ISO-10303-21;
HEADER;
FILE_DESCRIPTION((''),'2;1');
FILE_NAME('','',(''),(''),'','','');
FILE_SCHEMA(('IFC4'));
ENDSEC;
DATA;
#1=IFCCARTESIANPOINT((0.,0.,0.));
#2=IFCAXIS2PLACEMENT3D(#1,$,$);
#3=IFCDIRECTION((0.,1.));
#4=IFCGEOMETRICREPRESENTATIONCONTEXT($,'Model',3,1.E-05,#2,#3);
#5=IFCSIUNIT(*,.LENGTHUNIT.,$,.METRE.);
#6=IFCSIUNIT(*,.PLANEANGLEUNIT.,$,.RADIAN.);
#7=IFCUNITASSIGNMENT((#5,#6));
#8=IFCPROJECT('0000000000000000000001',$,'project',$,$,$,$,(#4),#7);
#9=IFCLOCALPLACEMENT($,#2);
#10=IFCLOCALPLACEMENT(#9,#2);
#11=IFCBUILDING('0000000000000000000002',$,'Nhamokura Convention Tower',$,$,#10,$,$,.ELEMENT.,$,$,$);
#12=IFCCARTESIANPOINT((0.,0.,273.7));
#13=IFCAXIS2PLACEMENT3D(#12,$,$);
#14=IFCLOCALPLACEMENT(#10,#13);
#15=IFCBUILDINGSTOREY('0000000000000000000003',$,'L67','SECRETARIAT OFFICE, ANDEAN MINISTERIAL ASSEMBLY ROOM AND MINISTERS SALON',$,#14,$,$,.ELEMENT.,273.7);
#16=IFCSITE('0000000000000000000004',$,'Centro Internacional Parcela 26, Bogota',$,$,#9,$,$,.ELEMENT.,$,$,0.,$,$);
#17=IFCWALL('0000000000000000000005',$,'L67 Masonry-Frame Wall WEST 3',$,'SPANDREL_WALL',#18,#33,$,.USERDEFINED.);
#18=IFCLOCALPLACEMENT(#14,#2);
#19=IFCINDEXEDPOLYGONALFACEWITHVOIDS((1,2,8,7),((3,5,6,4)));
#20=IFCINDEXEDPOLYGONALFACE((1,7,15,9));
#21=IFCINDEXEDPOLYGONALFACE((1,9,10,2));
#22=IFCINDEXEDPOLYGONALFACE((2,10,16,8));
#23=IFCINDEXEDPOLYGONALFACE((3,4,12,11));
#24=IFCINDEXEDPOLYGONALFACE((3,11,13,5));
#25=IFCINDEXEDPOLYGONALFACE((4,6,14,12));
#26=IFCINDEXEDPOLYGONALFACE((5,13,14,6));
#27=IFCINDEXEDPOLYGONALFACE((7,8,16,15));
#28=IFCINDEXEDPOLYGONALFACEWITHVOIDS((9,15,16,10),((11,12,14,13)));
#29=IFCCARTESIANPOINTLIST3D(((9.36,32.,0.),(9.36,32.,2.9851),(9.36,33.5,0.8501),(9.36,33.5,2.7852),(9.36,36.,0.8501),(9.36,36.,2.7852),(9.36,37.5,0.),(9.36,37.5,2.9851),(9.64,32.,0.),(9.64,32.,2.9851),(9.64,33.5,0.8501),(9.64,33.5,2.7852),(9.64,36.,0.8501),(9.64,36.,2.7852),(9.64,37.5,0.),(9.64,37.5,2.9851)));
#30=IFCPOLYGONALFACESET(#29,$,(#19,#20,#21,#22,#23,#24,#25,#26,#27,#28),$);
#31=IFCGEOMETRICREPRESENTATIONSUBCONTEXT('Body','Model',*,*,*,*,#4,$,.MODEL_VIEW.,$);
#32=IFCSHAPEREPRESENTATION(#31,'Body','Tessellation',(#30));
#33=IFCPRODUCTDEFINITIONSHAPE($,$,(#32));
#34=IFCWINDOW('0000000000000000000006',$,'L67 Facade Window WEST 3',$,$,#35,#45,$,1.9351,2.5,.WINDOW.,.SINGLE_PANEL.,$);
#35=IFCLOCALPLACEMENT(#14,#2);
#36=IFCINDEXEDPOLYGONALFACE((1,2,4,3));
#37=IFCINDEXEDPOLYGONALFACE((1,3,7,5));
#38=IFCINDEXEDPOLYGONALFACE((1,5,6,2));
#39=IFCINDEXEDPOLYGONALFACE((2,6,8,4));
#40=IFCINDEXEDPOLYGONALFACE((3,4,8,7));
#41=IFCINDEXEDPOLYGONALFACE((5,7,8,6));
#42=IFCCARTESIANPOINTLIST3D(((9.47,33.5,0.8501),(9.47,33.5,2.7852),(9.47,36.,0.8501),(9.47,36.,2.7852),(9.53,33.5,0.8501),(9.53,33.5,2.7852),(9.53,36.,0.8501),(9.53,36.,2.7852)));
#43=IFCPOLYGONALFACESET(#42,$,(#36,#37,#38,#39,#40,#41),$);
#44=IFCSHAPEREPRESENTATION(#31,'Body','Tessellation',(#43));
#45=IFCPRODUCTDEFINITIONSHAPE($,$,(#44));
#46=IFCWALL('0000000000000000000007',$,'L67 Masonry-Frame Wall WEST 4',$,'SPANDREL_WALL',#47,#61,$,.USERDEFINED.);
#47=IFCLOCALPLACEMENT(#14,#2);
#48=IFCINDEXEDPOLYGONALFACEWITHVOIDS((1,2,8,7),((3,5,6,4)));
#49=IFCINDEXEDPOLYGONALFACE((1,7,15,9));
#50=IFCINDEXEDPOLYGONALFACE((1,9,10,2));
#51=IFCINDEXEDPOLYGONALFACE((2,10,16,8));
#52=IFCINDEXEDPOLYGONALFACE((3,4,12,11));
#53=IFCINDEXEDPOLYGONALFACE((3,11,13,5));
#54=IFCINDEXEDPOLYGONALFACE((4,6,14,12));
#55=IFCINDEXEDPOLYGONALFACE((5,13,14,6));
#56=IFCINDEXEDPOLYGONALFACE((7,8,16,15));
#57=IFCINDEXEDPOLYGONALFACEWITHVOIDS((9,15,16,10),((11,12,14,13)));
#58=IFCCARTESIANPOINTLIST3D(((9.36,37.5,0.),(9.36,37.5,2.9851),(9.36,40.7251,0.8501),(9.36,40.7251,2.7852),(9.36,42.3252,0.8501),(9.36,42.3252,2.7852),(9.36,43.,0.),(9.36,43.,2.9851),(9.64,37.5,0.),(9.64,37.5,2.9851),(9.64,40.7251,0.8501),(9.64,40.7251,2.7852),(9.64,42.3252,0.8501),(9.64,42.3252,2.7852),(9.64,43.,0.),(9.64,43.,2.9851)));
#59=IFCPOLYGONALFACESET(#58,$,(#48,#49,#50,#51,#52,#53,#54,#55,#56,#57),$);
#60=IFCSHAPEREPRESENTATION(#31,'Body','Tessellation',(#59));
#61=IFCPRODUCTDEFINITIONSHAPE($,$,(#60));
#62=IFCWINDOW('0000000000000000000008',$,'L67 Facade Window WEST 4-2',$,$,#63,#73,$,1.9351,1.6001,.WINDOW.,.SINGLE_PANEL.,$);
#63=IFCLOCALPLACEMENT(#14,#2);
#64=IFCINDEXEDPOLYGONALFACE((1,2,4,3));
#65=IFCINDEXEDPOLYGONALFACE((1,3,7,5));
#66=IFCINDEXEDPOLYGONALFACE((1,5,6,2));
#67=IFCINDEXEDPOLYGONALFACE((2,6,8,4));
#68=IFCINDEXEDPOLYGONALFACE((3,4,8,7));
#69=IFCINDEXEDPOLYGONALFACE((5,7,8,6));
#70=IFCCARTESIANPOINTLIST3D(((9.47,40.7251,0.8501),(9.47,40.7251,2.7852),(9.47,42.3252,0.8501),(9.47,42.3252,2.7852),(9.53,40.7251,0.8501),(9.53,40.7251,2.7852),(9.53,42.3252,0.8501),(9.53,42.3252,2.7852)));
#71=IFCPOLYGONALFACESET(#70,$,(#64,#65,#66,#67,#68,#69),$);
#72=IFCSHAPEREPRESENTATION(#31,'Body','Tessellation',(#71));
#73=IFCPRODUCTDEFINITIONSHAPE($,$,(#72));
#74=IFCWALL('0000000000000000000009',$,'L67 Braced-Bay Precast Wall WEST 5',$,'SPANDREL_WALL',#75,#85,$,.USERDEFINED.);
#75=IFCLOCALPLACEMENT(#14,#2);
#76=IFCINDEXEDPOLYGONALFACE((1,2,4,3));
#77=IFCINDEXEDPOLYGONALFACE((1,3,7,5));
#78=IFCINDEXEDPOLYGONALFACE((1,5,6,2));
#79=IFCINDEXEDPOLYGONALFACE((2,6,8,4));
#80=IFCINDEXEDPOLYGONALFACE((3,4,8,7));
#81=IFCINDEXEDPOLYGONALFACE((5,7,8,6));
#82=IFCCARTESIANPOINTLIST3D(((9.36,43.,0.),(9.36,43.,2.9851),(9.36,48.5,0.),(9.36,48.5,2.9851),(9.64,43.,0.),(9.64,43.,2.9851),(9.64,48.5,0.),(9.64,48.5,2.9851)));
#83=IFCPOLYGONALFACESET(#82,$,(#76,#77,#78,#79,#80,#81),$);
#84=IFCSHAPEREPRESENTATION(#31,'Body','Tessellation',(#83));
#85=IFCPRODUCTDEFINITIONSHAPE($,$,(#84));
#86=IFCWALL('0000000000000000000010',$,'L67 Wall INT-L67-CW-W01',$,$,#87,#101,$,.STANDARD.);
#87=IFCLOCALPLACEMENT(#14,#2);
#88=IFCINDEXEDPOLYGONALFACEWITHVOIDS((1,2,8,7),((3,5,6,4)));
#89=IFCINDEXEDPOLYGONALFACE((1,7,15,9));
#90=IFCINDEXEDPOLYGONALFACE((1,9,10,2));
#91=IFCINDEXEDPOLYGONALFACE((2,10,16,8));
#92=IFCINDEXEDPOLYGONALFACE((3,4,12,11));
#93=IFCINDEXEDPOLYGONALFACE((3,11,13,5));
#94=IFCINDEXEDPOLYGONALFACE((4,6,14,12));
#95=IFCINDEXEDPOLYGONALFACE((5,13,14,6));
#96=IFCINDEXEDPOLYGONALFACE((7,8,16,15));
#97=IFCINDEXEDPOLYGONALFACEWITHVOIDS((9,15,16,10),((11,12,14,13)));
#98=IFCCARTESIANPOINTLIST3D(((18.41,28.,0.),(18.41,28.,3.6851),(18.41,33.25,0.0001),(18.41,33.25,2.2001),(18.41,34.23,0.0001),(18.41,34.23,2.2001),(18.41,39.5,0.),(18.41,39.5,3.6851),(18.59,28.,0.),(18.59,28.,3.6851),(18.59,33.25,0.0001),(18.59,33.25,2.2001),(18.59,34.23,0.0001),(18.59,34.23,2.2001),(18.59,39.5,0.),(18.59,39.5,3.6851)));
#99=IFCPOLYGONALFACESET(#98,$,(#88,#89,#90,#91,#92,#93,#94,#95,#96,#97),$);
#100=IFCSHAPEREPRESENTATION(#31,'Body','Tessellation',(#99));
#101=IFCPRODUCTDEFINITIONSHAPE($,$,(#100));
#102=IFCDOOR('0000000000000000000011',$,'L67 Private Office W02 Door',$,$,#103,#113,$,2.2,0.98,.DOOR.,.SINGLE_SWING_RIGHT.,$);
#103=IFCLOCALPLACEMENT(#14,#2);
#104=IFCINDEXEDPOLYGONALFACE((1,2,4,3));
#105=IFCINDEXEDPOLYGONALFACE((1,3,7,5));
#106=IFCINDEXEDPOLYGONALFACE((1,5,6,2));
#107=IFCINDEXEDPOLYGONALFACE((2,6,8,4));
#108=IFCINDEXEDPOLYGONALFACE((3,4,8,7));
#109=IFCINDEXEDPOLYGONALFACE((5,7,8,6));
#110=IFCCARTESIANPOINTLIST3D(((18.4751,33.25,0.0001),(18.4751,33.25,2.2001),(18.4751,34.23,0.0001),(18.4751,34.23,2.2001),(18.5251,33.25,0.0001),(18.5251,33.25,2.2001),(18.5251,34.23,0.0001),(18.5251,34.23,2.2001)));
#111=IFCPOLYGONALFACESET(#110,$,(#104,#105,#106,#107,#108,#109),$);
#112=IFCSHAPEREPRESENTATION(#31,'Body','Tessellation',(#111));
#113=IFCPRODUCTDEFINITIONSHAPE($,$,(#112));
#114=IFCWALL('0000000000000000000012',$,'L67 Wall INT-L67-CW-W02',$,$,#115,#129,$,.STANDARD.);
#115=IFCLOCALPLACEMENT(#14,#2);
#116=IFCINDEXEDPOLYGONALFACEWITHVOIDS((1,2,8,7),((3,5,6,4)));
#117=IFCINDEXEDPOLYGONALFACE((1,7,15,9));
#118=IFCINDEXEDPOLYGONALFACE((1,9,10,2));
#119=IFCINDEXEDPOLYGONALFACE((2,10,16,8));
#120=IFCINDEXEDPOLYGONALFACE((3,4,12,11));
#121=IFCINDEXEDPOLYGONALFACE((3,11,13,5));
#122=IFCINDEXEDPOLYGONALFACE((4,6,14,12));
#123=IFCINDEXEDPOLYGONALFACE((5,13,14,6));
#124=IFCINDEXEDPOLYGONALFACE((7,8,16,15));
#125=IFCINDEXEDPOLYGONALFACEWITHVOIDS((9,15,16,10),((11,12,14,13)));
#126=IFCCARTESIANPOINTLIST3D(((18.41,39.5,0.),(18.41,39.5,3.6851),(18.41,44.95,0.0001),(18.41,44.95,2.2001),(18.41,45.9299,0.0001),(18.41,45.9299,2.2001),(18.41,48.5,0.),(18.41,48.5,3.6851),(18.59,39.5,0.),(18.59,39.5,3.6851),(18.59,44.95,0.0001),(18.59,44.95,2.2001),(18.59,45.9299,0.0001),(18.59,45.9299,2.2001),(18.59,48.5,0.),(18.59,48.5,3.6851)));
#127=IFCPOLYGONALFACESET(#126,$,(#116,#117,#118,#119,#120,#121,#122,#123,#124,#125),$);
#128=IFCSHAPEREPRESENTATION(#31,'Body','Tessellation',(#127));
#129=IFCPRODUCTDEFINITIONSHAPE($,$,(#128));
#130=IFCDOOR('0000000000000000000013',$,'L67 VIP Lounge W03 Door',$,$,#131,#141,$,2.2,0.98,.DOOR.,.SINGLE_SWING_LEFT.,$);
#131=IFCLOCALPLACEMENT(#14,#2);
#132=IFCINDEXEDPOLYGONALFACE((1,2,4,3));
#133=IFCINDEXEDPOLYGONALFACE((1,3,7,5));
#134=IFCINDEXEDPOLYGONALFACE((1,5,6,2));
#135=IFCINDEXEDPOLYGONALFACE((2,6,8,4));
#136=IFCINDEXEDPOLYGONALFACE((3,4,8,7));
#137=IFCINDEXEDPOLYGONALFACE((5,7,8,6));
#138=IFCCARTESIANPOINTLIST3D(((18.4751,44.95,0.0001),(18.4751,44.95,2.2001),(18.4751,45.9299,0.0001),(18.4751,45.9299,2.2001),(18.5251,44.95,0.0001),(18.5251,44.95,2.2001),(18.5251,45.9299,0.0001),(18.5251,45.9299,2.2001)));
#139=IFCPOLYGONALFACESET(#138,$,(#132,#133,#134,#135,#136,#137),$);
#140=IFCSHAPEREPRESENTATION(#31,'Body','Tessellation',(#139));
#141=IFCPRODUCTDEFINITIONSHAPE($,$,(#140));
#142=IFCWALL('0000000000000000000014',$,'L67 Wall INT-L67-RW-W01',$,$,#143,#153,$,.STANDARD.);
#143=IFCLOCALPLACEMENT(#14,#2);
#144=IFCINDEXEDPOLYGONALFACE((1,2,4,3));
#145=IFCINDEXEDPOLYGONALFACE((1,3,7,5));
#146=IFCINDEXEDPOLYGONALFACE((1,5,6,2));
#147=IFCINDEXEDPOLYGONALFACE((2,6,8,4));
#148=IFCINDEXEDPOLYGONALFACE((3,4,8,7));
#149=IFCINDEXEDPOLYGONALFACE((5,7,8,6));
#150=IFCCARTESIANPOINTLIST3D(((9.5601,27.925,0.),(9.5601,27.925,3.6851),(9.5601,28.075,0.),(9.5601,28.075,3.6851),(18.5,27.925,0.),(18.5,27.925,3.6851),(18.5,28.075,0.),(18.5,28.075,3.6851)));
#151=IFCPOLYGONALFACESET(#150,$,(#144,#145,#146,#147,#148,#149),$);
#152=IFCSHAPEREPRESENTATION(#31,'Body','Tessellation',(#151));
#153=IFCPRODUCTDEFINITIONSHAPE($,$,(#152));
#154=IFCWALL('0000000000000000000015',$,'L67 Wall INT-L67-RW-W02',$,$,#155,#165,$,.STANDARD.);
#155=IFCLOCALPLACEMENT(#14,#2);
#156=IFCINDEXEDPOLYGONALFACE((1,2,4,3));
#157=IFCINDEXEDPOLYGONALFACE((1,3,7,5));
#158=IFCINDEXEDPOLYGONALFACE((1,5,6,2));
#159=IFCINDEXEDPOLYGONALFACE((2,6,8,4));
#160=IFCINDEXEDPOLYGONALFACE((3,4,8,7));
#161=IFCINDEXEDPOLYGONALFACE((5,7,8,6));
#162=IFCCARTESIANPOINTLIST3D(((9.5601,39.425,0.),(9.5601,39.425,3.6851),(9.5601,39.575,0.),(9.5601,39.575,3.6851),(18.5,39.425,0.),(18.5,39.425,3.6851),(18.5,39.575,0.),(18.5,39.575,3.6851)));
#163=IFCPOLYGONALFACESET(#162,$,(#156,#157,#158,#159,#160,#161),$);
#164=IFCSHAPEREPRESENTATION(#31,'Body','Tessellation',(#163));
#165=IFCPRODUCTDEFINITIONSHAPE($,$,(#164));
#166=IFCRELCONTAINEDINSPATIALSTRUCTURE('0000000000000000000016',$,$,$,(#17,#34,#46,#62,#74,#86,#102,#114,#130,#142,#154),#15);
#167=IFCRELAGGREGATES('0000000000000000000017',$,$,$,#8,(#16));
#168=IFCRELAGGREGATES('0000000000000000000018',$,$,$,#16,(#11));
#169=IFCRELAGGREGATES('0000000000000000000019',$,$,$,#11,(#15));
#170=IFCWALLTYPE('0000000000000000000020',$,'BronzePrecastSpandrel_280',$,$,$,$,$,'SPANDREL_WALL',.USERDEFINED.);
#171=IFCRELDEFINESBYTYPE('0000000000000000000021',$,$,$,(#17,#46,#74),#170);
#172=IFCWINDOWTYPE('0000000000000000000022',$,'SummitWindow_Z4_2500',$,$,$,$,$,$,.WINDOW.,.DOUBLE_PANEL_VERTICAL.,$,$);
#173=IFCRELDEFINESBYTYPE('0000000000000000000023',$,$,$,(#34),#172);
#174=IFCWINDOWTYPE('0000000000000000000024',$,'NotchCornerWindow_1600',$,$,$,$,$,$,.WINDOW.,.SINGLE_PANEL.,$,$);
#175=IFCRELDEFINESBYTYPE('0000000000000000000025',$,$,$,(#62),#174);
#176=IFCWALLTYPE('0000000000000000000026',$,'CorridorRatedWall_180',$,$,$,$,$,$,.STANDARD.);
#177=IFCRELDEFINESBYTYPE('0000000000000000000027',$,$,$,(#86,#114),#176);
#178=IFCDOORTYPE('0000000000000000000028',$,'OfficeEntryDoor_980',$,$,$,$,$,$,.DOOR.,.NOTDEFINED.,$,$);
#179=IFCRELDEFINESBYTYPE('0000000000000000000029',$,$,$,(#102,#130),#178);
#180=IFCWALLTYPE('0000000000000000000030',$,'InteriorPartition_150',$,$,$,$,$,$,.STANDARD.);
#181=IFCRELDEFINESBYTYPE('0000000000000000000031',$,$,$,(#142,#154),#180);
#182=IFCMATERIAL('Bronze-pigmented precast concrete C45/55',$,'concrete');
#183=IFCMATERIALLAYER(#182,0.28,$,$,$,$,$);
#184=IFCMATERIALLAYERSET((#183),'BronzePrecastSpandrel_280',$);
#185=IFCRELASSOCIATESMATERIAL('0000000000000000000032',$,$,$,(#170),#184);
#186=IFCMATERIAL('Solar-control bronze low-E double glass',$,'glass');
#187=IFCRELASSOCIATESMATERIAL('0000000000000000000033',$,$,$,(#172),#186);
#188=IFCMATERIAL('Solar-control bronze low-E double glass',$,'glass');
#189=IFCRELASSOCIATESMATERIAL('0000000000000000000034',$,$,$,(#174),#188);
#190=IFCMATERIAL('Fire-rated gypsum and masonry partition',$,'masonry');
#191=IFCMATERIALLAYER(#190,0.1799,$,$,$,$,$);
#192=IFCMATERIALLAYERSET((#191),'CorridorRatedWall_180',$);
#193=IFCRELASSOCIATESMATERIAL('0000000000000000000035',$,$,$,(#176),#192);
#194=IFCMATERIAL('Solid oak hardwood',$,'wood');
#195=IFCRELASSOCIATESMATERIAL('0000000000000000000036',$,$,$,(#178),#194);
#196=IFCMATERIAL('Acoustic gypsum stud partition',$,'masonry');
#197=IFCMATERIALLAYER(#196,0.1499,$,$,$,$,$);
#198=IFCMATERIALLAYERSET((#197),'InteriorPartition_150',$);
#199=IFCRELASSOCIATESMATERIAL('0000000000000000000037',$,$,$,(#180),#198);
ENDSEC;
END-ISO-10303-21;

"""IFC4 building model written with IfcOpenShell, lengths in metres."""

from ifc_helpers import new_model, si_unit, direction, frame, frame_2d, origin, place, context, subcontext, project, spatial, rectangle, extrude, material, layer, layer_set, type_object, element, fill, save


model = new_model("IFC4")

# Units and contexts
model_context = context("Model", 3, precision=1e-05, world=origin(), true_north=direction((0.0, 1.0)))
body_context = subcontext(model_context, "Body", "Model", "MODEL_VIEW")
ifc_project = project(units=[si_unit("LENGTHUNIT", "METRE"), si_unit("PLANEANGLEUNIT", "RADIAN")], contexts=[model_context])

# Site, building, storey
site_placement = place(None, origin())
site = spatial("IfcSite", under=ifc_project, at=site_placement, Name="Centro Internacional Parcela 26, Bogota", CompositionType="ELEMENT", RefElevation=0.0)
building_placement = place(site_placement, origin())
building = spatial("IfcBuilding", under=site, at=building_placement, Name="Nhamokura Convention Tower", CompositionType="ELEMENT")
storey_placement = place(building_placement, frame((0.0, 0.0, 273.7)))
storey = spatial("IfcBuildingStorey", under=building, at=storey_placement, Name="L67", Description="SECRETARIAT OFFICE, ANDEAN MINISTERIAL ASSEMBLY ROOM AND MINISTERS SALON", CompositionType="ELEMENT", Elevation=273.7)

# Walls, openings, windows
ifc_material_1 = material(Name="Bronze-pigmented precast concrete C45/55", Category="concrete")
ifc_layer_1 = layer(ifc_material_1, 0.28)
ifc_layer_set_1 = layer_set([ifc_layer_1], Name="BronzePrecastSpandrel_280")
wall_type_1 = type_object("IfcWallType", Name="BronzePrecastSpandrel_280", ElementType="SPANDREL_WALL", PredefinedType="USERDEFINED", material=ifc_layer_set_1)
wall_1_placement = place(storey_placement, frame((9.5, 32.0, 0.0), z_axis=(0.0, 0.0, 1.0), x_axis=(0.0, 1.0, 0.0)))
wall_1 = element("IfcWall", 1, at=wall_1_placement, inside=storey, type_object=wall_type_1, Name="L67 Masonry-Frame Wall WEST 3", ObjectType="SPANDREL_WALL", PredefinedType="USERDEFINED", context=body_context, shape_type="SweptSolid", body=[
    extrude(rectangle(XDim=5.5, YDim=0.28, at=frame_2d((2.75, 0.0))), origin(), (0.0, 0.0, 1.0), 2.9851),
])
opening_1_placement = place(wall_1_placement, frame((1.5, 0.0, 0.8501)))
opening_1 = element("IfcOpeningElement", 2, at=opening_1_placement, cuts=wall_1, PredefinedType="OPENING", context=body_context, shape_type="SweptSolid", body=[
    extrude(rectangle(XDim=2.5, YDim=1.9351, at=frame_2d((1.25, 0.9675))), frame((0.0, 0.1499, 0.0), z_axis=(0.0, -1.0, 0.0), x_axis=(1.0, 0.0, 0.0)), (0.0, 0.0, 1.0), 0.3),
])
ifc_material_2 = material(Name="Solar-control bronze low-E double glass", Category="glass")
window_type_1 = type_object("IfcWindowType", Name="SummitWindow_Z4_2500", PartitioningType="DOUBLE_PANEL_VERTICAL", PredefinedType="WINDOW", material=ifc_material_2)
window_1_placement = place(opening_1_placement, origin())
window_1 = element("IfcWindow", 3, at=window_1_placement, inside=storey, type_object=window_type_1, Name="L67 Facade Window WEST 3", OverallHeight=1.9351, OverallWidth=2.5, PartitioningType="SINGLE_PANEL", PredefinedType="WINDOW", context=body_context, shape_type="SweptSolid", body=[
    extrude(rectangle(XDim=2.5, YDim=1.9351, at=frame_2d((1.25, 0.9675))), frame((0.0, 0.03, 0.0), z_axis=(0.0, -1.0, 0.0), x_axis=(1.0, 0.0, 0.0)), (0.0, 0.0, 1.0), 0.0601),
])
fill(opening_1, window_1)
wall_2_placement = place(storey_placement, frame((9.5, 37.5, 0.0), z_axis=(0.0, 0.0, 1.0), x_axis=(0.0, 1.0, 0.0)))
wall_2 = element("IfcWall", 4, at=wall_2_placement, inside=storey, type_object=wall_type_1, Name="L67 Masonry-Frame Wall WEST 4", ObjectType="SPANDREL_WALL", PredefinedType="USERDEFINED", context=body_context, shape_type="SweptSolid", body=[
    extrude(rectangle(XDim=5.5, YDim=0.28, at=frame_2d((2.75, 0.0))), origin(), (0.0, 0.0, 1.0), 2.9851),
])
opening_2_placement = place(wall_2_placement, frame((3.2251, 0.0, 0.8501)))
opening_2 = element("IfcOpeningElement", 5, at=opening_2_placement, cuts=wall_2, PredefinedType="OPENING", context=body_context, shape_type="SweptSolid", body=[
    extrude(rectangle(XDim=1.6001, YDim=1.9351, at=frame_2d((0.8, 0.9675))), frame((0.0, 0.1499, 0.0), z_axis=(0.0, -1.0, 0.0), x_axis=(1.0, 0.0, 0.0)), (0.0, 0.0, 1.0), 0.3),
])
ifc_material_3 = material(Name="Solar-control bronze low-E double glass", Category="glass")
window_type_2 = type_object("IfcWindowType", Name="NotchCornerWindow_1600", PartitioningType="SINGLE_PANEL", PredefinedType="WINDOW", material=ifc_material_3)
window_2_placement = place(opening_2_placement, origin())
window_2 = element("IfcWindow", 6, at=window_2_placement, inside=storey, type_object=window_type_2, Name="L67 Facade Window WEST 4-2", OverallHeight=1.9351, OverallWidth=1.6001, PartitioningType="SINGLE_PANEL", PredefinedType="WINDOW", context=body_context, shape_type="SweptSolid", body=[
    extrude(rectangle(XDim=1.6001, YDim=1.9351, at=frame_2d((0.8, 0.9675))), frame((0.0, 0.03, 0.0), z_axis=(0.0, -1.0, 0.0), x_axis=(1.0, 0.0, 0.0)), (0.0, 0.0, 1.0), 0.0601),
])
fill(opening_2, window_2)

# Wall
wall_3_placement = place(storey_placement, frame((9.5, 43.0, 0.0), z_axis=(0.0, 0.0, 1.0), x_axis=(0.0, 1.0, 0.0)))
element("IfcWall", 7, at=wall_3_placement, inside=storey, type_object=wall_type_1, Name="L67 Braced-Bay Precast Wall WEST 5", ObjectType="SPANDREL_WALL", PredefinedType="USERDEFINED", context=body_context, shape_type="SweptSolid", body=[
    extrude(rectangle(XDim=5.5, YDim=0.28, at=frame_2d((2.75, 0.0))), origin(), (0.0, 0.0, 1.0), 2.9851),
])

# Walls, openings, doors
ifc_material_4 = material(Name="Fire-rated gypsum and masonry partition", Category="masonry")
ifc_layer_2 = layer(ifc_material_4, 0.1799)
ifc_layer_set_2 = layer_set([ifc_layer_2], Name="CorridorRatedWall_180")
wall_type_2 = type_object("IfcWallType", Name="CorridorRatedWall_180", PredefinedType="STANDARD", material=ifc_layer_set_2)
wall_4_placement = place(storey_placement, frame((18.5, 28.0, 0.0), z_axis=(0.0, 0.0, 1.0), x_axis=(0.0, 1.0, 0.0)))
wall_4 = element("IfcWall", 8, at=wall_4_placement, inside=storey, type_object=wall_type_2, Name="L67 Wall INT-L67-CW-W01", PredefinedType="STANDARD", context=body_context, shape_type="SweptSolid", body=[
    extrude(rectangle(XDim=11.5, YDim=0.1799, at=frame_2d((5.75, 0.0))), origin(), (0.0, 0.0, 1.0), 3.6851),
])
opening_3_placement = place(wall_4_placement, frame((5.25, 0.0, 0.0)))
opening_3 = element("IfcOpeningElement", 9, at=opening_3_placement, cuts=wall_4, PredefinedType="OPENING", context=body_context, shape_type="SweptSolid", body=[
    extrude(rectangle(XDim=0.98, YDim=2.2, at=frame_2d((0.49, 1.1001))), frame((0.0, 0.0999, 0.0), z_axis=(0.0, -1.0, 0.0), x_axis=(1.0, 0.0, 0.0)), (0.0, 0.0, 1.0), 0.2),
])
ifc_material_5 = material(Name="Solid oak hardwood", Category="wood")
door_type = type_object("IfcDoorType", Name="OfficeEntryDoor_980", OperationType="NOTDEFINED", PredefinedType="DOOR", material=ifc_material_5)
door_1_placement = place(opening_3_placement, origin())
door_1 = element("IfcDoor", 10, at=door_1_placement, inside=storey, type_object=door_type, Name="L67 Private Office W02 Door", OperationType="SINGLE_SWING_RIGHT", OverallHeight=2.2, OverallWidth=0.98, PredefinedType="DOOR", context=body_context, shape_type="SweptSolid", body=[
    extrude(rectangle(XDim=0.98, YDim=2.2, at=frame_2d((0.49, 1.1001))), frame((0.0, 0.0249, 0.0), z_axis=(0.0, -1.0, 0.0), x_axis=(1.0, 0.0, 0.0)), (0.0, 0.0, 1.0), 0.05),
])
fill(opening_3, door_1)
wall_5_placement = place(storey_placement, frame((18.5, 39.5, 0.0), z_axis=(0.0, 0.0, 1.0), x_axis=(0.0, 1.0, 0.0)))
wall_5 = element("IfcWall", 11, at=wall_5_placement, inside=storey, type_object=wall_type_2, Name="L67 Wall INT-L67-CW-W02", PredefinedType="STANDARD", context=body_context, shape_type="SweptSolid", body=[
    extrude(rectangle(XDim=9.0, YDim=0.1799, at=frame_2d((4.5, 0.0))), origin(), (0.0, 0.0, 1.0), 3.6851),
])
opening_4_placement = place(wall_5_placement, frame((5.45, 0.0, 0.0)))
opening_4 = element("IfcOpeningElement", 12, at=opening_4_placement, cuts=wall_5, PredefinedType="OPENING", context=body_context, shape_type="SweptSolid", body=[
    extrude(rectangle(XDim=0.98, YDim=2.2, at=frame_2d((0.49, 1.1001))), frame((0.0, 0.0999, 0.0), z_axis=(0.0, -1.0, 0.0), x_axis=(1.0, 0.0, 0.0)), (0.0, 0.0, 1.0), 0.2),
])
door_2_placement = place(opening_4_placement, origin())
door_2 = element("IfcDoor", 13, at=door_2_placement, inside=storey, type_object=door_type, Name="L67 VIP Lounge W03 Door", OperationType="SINGLE_SWING_LEFT", OverallHeight=2.2, OverallWidth=0.98, PredefinedType="DOOR", context=body_context, shape_type="SweptSolid", body=[
    extrude(rectangle(XDim=0.98, YDim=2.2, at=frame_2d((0.49, 1.1001))), frame((0.0, 0.0249, 0.0), z_axis=(0.0, -1.0, 0.0), x_axis=(1.0, 0.0, 0.0)), (0.0, 0.0, 1.0), 0.05),
])
fill(opening_4, door_2)

# Walls
ifc_material_6 = material(Name="Acoustic gypsum stud partition", Category="masonry")
ifc_layer_3 = layer(ifc_material_6, 0.1499)
ifc_layer_set_3 = layer_set([ifc_layer_3], Name="InteriorPartition_150")
wall_type_3 = type_object("IfcWallType", Name="InteriorPartition_150", PredefinedType="STANDARD", material=ifc_layer_set_3)
for number, where, z_axis, x_axis, name in (
    (14, (9.5601, 28.0, 0.0), (0.0, 0.0, 1.0), (1.0, 0.0, 0.0), "L67 Wall INT-L67-RW-W01"),
    (15, (9.5601, 39.5, 0.0), (0.0, 0.0, 1.0), (1.0, 0.0, 0.0), "L67 Wall INT-L67-RW-W02"),
):
    element("IfcWall", number, at=place(storey_placement, frame(where, z_axis=z_axis, x_axis=x_axis)), inside=storey, type_object=wall_type_3, Name=name, PredefinedType="STANDARD", context=body_context, shape_type="SweptSolid", body=[
        extrude(rectangle(XDim=8.9399, YDim=0.1499, at=frame_2d((4.47, 0.0))), origin(), (0.0, 0.0, 1.0), 3.6851),
    ])

save(model, "model.ifc")
